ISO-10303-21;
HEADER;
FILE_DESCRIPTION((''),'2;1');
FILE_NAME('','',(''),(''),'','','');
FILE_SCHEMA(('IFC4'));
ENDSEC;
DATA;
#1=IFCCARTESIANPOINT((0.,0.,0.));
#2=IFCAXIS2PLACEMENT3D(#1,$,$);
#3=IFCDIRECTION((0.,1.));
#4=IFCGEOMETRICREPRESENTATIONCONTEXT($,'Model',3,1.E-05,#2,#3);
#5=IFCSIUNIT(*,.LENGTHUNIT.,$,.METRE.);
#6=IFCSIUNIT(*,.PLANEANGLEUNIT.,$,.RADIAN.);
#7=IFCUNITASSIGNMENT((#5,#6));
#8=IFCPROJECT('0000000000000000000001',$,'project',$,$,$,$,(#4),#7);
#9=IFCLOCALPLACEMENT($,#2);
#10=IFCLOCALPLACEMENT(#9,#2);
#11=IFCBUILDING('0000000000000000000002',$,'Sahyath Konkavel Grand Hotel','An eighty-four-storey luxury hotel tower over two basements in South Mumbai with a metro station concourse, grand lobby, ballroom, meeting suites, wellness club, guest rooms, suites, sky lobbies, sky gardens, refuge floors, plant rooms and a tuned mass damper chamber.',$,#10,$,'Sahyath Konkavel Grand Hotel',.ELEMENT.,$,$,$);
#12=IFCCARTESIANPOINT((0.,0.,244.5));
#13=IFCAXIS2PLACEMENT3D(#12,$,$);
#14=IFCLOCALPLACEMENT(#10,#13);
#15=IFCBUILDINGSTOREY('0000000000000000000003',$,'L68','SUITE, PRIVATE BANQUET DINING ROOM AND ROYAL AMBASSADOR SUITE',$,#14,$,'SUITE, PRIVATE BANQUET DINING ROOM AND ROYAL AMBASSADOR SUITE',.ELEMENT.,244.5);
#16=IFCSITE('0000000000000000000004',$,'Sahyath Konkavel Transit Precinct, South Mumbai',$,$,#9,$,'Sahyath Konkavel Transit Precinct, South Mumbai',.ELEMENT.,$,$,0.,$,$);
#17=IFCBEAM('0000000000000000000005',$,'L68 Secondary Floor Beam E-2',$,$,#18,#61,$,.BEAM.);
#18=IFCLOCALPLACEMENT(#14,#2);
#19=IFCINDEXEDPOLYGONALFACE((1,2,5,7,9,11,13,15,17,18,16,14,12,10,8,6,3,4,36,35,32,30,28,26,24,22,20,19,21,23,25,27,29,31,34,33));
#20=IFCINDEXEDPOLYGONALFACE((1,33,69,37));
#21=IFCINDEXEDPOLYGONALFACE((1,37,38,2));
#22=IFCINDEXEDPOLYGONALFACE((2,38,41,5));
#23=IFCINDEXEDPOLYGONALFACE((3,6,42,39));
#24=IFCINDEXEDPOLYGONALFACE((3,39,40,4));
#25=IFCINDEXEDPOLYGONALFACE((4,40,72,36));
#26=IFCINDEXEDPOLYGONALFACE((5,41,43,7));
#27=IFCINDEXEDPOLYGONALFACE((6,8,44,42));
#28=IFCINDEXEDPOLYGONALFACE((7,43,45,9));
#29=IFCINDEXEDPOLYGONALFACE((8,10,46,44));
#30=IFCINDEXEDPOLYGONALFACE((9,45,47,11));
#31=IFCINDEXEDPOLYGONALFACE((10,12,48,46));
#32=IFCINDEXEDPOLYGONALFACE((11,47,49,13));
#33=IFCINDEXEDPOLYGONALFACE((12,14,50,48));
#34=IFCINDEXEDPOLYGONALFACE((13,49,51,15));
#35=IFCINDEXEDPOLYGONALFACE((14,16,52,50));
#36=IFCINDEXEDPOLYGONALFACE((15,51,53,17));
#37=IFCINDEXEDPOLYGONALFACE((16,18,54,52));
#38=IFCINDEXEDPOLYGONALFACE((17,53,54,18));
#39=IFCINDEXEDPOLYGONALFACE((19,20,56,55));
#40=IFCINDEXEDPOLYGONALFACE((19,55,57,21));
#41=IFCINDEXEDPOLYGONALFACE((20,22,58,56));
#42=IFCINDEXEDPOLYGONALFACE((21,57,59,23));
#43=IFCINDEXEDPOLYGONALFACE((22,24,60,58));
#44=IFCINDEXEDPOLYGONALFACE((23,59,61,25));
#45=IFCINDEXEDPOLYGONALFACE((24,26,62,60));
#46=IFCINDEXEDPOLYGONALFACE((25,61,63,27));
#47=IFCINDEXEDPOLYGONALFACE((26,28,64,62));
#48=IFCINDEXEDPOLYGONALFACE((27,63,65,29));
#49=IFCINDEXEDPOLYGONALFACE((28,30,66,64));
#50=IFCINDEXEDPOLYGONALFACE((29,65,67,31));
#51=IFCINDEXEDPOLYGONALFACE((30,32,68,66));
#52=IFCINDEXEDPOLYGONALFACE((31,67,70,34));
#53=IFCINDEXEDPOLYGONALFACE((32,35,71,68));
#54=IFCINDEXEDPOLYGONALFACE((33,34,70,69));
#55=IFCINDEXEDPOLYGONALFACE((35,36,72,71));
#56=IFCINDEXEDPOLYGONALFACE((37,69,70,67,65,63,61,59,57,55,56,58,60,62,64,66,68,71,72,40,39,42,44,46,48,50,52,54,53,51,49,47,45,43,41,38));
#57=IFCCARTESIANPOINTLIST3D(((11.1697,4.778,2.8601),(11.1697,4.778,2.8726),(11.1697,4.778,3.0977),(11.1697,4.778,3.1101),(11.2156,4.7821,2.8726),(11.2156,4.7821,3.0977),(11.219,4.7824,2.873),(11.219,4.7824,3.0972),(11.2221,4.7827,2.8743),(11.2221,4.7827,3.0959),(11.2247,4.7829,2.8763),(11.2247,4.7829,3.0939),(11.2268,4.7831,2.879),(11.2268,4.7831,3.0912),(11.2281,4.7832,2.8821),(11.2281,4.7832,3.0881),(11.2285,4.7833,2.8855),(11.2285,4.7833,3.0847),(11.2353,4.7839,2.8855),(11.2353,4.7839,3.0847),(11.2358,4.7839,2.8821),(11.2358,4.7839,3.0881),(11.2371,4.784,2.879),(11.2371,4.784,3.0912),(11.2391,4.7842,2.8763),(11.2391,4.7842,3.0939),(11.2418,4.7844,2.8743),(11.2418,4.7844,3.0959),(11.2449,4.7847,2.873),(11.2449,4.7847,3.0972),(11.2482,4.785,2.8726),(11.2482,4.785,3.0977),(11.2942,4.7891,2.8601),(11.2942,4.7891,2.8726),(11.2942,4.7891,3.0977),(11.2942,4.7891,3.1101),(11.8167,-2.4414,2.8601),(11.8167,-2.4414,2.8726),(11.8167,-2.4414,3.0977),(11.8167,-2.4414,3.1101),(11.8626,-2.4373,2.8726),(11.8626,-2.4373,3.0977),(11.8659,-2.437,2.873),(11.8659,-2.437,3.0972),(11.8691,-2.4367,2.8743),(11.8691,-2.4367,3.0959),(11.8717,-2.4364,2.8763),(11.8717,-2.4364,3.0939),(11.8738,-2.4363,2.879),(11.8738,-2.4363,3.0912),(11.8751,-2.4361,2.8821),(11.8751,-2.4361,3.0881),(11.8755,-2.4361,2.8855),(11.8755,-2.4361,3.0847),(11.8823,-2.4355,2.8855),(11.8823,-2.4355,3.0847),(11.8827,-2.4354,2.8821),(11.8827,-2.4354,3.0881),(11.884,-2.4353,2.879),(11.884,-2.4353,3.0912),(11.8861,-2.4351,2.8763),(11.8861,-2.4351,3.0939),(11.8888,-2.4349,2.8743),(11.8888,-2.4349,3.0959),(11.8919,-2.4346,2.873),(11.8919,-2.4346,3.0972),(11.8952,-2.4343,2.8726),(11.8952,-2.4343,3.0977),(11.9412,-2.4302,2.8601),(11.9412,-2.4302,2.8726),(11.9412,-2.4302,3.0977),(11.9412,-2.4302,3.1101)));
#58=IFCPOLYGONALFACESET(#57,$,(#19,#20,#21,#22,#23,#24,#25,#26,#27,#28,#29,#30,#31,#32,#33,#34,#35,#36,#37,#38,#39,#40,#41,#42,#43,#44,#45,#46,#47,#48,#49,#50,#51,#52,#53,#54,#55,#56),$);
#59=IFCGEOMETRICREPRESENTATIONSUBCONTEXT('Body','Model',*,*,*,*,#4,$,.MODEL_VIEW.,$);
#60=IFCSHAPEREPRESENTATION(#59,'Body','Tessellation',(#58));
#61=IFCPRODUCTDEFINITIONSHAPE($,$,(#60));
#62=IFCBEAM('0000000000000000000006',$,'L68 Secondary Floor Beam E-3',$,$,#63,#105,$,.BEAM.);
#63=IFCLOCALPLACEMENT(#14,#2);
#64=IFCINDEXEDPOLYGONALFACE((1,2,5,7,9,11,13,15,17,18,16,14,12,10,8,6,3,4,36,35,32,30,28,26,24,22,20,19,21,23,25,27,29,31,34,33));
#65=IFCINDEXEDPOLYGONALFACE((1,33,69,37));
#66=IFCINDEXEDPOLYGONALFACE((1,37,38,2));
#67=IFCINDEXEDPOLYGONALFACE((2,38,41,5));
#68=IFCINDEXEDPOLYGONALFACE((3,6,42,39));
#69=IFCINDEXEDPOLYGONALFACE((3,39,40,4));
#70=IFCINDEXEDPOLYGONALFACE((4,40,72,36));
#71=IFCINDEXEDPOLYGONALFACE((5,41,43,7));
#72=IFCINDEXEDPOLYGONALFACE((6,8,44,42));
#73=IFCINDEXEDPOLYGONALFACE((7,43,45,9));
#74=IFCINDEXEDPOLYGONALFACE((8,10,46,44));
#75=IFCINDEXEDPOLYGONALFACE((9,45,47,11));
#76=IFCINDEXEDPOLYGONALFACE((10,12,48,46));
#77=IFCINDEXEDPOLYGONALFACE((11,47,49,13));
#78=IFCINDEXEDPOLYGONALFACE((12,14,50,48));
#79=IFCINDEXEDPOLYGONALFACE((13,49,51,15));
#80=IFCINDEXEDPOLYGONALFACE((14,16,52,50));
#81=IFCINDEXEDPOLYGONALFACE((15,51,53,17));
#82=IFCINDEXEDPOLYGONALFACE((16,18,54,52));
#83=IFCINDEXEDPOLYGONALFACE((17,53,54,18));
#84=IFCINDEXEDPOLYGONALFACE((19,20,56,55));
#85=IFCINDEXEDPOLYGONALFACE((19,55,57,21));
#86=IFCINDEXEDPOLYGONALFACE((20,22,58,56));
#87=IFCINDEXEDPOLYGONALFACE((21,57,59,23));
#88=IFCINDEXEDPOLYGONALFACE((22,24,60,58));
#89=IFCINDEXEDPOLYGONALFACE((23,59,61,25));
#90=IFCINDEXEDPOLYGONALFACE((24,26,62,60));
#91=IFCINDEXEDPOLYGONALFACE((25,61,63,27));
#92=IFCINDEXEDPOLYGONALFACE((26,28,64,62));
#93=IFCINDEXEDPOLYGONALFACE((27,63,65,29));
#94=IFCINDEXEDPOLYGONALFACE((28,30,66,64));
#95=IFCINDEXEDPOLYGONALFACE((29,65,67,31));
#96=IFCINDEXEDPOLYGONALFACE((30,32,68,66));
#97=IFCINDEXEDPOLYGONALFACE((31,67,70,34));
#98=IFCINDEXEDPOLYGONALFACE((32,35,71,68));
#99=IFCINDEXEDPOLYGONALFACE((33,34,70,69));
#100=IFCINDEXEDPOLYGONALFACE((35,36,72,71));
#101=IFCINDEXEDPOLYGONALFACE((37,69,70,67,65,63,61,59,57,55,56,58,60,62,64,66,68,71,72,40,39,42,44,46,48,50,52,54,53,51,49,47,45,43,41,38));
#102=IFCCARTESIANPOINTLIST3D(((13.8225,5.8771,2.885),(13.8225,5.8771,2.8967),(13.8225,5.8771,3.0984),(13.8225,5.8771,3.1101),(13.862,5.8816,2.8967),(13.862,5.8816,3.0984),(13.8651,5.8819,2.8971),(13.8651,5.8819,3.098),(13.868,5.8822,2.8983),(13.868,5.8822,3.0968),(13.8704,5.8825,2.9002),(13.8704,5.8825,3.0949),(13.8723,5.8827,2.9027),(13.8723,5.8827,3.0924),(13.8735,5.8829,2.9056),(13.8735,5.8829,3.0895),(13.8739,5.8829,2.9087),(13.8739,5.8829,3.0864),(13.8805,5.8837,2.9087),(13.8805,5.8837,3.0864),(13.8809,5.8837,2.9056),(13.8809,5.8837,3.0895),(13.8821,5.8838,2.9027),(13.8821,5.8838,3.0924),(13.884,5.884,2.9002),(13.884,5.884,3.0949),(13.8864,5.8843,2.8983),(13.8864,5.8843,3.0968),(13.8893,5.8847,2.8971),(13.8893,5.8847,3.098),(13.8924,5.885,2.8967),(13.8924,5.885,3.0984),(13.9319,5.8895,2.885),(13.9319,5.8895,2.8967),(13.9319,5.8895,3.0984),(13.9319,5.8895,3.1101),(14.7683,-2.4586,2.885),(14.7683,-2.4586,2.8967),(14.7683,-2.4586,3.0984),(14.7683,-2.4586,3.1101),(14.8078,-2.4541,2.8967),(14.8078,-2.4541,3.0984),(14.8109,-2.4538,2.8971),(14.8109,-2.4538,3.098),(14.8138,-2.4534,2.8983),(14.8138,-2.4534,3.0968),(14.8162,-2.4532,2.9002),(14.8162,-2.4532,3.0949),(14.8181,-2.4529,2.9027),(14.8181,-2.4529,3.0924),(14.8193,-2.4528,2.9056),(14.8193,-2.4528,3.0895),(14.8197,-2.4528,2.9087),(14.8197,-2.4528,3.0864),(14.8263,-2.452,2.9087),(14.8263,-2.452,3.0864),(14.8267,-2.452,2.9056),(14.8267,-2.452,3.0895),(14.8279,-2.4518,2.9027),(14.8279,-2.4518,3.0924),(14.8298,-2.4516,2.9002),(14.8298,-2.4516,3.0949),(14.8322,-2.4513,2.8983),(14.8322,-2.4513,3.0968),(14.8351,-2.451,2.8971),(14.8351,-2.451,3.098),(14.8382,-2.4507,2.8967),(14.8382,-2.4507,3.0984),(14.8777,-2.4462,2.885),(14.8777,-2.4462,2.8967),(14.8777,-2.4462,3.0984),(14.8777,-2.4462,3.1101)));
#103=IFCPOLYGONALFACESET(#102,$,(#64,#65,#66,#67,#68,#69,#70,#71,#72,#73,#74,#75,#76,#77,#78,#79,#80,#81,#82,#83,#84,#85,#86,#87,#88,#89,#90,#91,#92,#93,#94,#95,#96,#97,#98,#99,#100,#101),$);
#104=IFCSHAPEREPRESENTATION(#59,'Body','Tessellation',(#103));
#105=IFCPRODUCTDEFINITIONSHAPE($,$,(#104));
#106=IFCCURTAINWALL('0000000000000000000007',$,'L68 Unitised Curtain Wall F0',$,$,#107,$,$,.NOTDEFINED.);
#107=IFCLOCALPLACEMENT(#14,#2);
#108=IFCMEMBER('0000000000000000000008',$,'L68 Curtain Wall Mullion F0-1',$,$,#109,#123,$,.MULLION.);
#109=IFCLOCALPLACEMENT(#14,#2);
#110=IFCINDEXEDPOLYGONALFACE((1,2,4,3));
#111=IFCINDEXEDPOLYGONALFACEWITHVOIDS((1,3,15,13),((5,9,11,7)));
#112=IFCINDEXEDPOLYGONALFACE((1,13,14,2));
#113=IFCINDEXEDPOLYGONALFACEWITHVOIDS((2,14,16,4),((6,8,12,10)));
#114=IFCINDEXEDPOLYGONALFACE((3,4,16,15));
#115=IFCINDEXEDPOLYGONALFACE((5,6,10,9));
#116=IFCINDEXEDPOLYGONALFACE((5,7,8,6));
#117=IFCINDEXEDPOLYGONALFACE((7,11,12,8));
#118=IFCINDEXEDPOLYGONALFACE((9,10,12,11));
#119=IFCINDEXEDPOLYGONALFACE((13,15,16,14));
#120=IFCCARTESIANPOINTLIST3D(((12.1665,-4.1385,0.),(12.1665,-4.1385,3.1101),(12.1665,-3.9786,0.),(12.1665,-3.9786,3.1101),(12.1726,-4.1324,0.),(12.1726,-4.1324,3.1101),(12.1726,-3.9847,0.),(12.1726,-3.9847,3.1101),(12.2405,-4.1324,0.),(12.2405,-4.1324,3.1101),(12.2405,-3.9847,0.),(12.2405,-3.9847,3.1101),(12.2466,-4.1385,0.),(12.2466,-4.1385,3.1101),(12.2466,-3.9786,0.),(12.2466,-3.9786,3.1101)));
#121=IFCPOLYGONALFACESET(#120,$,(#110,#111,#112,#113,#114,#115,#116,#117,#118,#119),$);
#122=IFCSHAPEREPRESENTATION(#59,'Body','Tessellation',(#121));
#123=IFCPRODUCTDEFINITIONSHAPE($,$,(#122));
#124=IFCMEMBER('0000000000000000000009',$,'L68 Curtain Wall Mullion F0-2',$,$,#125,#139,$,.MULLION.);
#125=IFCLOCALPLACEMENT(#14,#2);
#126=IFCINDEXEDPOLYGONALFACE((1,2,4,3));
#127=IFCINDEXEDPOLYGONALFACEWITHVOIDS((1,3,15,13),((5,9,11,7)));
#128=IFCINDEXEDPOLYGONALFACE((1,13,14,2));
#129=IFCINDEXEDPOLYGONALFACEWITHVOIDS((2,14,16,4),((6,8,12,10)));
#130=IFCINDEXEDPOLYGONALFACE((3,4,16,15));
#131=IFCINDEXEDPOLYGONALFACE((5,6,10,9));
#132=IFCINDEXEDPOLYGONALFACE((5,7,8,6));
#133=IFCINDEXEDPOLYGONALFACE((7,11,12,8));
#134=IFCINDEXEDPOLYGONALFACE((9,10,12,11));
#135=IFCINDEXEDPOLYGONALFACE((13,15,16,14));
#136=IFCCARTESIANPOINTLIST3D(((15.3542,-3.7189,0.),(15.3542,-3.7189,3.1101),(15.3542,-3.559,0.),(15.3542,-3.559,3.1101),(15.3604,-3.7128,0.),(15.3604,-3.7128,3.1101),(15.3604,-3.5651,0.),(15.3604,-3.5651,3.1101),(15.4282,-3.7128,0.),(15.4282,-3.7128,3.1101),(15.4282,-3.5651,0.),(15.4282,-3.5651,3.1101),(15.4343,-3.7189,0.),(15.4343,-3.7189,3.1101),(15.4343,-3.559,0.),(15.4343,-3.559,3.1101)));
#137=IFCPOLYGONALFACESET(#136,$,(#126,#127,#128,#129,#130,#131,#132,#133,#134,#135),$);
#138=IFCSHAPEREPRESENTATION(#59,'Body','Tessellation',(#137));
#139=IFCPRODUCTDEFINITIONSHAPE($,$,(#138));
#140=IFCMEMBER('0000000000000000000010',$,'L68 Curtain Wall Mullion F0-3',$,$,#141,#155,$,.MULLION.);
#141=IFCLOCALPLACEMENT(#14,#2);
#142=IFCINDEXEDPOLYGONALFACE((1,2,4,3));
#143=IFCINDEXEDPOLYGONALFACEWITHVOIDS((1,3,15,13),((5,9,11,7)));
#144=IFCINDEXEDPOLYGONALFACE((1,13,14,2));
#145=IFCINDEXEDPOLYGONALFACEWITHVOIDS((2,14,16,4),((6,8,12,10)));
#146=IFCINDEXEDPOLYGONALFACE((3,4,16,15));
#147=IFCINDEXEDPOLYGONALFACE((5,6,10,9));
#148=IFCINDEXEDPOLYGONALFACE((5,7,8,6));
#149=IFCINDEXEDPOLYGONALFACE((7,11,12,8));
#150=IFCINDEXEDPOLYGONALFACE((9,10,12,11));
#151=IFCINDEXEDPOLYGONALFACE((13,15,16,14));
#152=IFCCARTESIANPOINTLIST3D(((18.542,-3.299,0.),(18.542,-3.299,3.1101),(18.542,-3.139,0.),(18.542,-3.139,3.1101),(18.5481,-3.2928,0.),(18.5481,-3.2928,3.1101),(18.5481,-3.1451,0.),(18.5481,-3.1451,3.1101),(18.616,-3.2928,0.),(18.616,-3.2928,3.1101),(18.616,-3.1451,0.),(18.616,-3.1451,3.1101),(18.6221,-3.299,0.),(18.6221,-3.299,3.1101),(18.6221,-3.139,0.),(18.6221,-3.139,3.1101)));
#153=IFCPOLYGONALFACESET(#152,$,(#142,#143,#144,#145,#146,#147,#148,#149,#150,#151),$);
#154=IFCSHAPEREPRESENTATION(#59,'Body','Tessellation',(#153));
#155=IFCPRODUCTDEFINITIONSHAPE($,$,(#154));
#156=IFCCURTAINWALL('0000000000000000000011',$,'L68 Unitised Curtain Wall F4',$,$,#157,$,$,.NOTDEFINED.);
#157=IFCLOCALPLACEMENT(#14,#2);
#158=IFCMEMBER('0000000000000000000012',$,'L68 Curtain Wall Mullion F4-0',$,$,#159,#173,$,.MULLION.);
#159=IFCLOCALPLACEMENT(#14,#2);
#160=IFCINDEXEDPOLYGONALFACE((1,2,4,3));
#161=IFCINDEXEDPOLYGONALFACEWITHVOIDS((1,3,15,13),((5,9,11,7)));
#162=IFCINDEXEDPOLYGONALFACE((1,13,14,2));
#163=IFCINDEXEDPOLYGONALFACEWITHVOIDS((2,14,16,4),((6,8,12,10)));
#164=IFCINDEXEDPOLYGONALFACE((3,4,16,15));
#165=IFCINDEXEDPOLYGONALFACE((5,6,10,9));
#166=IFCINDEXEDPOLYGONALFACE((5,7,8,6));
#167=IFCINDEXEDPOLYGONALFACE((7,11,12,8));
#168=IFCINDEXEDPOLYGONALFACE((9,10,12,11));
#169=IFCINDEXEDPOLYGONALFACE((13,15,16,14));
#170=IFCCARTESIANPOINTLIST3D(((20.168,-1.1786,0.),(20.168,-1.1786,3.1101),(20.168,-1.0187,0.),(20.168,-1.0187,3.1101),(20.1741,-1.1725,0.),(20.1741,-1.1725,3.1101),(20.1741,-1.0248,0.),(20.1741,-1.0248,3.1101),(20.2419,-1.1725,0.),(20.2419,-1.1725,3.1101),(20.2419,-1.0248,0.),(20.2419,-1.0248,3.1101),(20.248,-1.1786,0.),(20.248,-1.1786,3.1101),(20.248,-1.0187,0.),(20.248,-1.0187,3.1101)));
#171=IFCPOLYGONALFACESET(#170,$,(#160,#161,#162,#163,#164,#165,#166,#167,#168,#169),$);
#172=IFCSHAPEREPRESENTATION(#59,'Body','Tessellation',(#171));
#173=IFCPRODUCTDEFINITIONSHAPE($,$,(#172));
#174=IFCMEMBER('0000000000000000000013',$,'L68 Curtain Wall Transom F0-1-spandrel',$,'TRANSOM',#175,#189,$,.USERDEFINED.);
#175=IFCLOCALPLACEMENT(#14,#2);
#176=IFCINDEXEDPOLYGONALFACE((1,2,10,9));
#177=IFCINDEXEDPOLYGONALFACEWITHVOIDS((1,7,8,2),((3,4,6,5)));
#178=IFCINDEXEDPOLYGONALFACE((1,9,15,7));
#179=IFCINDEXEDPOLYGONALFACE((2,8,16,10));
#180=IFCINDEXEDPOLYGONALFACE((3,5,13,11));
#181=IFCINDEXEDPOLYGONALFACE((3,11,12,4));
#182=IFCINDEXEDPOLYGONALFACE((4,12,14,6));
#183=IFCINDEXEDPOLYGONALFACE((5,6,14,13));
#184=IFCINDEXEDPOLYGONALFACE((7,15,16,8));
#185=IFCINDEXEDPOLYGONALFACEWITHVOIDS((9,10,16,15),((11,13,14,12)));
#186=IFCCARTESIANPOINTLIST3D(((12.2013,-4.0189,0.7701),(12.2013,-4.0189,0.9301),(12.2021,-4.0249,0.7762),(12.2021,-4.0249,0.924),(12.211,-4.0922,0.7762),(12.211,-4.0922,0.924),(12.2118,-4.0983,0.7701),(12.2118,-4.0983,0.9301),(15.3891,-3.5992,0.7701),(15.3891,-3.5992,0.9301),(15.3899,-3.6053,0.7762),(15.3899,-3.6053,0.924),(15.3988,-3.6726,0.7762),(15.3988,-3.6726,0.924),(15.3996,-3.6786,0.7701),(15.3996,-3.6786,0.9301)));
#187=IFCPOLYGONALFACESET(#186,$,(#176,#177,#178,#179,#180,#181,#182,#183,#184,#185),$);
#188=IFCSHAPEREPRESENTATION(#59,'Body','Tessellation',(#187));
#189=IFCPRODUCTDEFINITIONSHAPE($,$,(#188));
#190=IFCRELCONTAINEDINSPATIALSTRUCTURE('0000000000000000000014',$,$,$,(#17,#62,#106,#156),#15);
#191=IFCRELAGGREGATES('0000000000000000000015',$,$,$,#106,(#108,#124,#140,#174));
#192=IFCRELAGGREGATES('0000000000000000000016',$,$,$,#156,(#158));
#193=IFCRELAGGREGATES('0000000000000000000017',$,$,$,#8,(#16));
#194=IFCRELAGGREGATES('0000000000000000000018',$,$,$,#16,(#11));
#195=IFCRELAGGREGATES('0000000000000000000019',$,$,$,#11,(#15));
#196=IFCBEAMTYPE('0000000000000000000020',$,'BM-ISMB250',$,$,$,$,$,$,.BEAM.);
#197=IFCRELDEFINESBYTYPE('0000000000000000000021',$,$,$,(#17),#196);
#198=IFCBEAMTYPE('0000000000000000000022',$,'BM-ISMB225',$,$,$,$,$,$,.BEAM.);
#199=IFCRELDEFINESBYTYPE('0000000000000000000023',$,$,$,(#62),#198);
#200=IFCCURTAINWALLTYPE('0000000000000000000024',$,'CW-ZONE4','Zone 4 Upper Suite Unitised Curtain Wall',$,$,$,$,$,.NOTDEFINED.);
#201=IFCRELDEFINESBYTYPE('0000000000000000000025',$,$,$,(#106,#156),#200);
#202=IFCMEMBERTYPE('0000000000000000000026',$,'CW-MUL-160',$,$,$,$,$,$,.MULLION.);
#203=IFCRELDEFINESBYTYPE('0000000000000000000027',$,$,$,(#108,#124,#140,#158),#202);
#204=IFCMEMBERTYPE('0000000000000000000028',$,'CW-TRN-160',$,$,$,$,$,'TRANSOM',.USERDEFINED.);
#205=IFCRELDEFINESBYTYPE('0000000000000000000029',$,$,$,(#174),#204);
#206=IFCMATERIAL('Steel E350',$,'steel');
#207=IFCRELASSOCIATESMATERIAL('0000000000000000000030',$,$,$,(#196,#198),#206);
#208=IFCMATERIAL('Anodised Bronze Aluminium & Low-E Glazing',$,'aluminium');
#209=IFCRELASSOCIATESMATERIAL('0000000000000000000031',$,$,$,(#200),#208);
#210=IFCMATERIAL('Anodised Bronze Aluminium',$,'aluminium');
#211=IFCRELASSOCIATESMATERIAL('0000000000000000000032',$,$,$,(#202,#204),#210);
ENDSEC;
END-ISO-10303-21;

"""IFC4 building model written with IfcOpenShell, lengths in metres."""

from ifc_helpers import new_model, si_unit, direction, frame, origin, origin_2d, place, context, subcontext, project, spatial, hollow_rectangle, i_section, extrude, source, transform, mapped, material, material_profile, profile_set, type_object, element, aggregate, save


model = new_model("IFC4")

# Units and contexts
model_context = context("Model", 3, precision=1e-05, world=origin(), true_north=direction((0.0, 1.0)))
body_context = subcontext(model_context, "Body", "Model", "MODEL_VIEW")
ifc_project = project(units=[si_unit("LENGTHUNIT", "METRE"), si_unit("PLANEANGLEUNIT", "RADIAN")], contexts=[model_context])

# Site, building, storey
site_placement = place(None, origin())
site = spatial("IfcSite", under=ifc_project, at=site_placement, Name="Sahyath Konkavel Transit Precinct, South Mumbai", LongName="Sahyath Konkavel Transit Precinct, South Mumbai", CompositionType="ELEMENT", RefElevation=0.0)
building_placement = place(site_placement, origin())
building = spatial("IfcBuilding", under=site, at=building_placement, Name="Sahyath Konkavel Grand Hotel", Description="An eighty-four-storey luxury hotel tower over two basements in South Mumbai with a metro station concourse, grand lobby, ballroom, meeting suites, wellness club, guest rooms, suites, sky lobbies, sky gardens, refuge floors, plant rooms and a tuned mass damper chamber.", LongName="Sahyath Konkavel Grand Hotel", CompositionType="ELEMENT")
storey_placement = place(building_placement, frame((0.0, 0.0, 244.5)))
storey = spatial("IfcBuildingStorey", under=building, at=storey_placement, Name="L68", Description="SUITE, PRIVATE BANQUET DINING ROOM AND ROYAL AMBASSADOR SUITE", LongName="SUITE, PRIVATE BANQUET DINING ROOM AND ROYAL AMBASSADOR SUITE", CompositionType="ELEMENT", Elevation=244.5)

# Beams
ifc_material_1 = material(Name="Steel E350", Category="steel")
ifc_material_profile_1 = material_profile(ifc_material_1, i_section(OverallWidth=0.125, OverallDepth=0.25, WebThickness=0.0068, FlangeThickness=0.0125, FilletRadius=0.0129, at=origin_2d()), Name="ISMB 250")
ifc_profile_set_1 = profile_set([ifc_material_profile_1], Name="Steel E350")
beam_type_1 = type_object("IfcBeamType", Name="BM-ISMB250", PredefinedType="BEAM", material=ifc_profile_set_1)
shared_shape_1 = source(origin(), body_context, "Body", "SweptSolid", [
    extrude(i_section(OverallWidth=0.125, OverallDepth=0.25, WebThickness=0.0068, FlangeThickness=0.0125, FilletRadius=0.0129, at=origin_2d()), origin(), (0.0, 0.0, 1.0), 7.2483),
])
beam_1_placement = place(storey_placement, frame((11.8789, -2.4358, 2.9851), z_axis=(-0.08926, 0.996008, 0.0), x_axis=(-0.996008, -0.08926, 0.0)))
element("IfcBeam", 1, at=beam_1_placement, inside=storey, type_object=beam_type_1, Name="L68 Secondary Floor Beam E-2", PredefinedType="BEAM", context=body_context, shape_type="MappedRepresentation", body=[
    mapped(shared_shape_1, transform((0.0, 0.0, 0.0), scale=1.0)),
])
ifc_material_profile_2 = material_profile(ifc_material_1, i_section(OverallWidth=0.1101, OverallDepth=0.2251, WebThickness=0.0066, FlangeThickness=0.0117, FilletRadius=0.012, at=origin_2d()), Name="ISMB 225")
ifc_profile_set_2 = profile_set([ifc_material_profile_2], Name="Steel E350")
beam_type_2 = type_object("IfcBeamType", Name="BM-ISMB225", PredefinedType="BEAM", material=ifc_profile_set_2)
shared_shape_2 = source(origin(), body_context, "Body", "SweptSolid", [
    extrude(i_section(OverallWidth=0.1101, OverallDepth=0.2251, WebThickness=0.0066, FlangeThickness=0.0117, FilletRadius=0.012, at=origin_2d()), origin(), (0.0, 0.0, 1.0), 8.3892),
])
beam_2_placement = place(storey_placement, frame((14.823, -2.4524, 2.9976), z_axis=(-0.112741, 0.993624, 0.0), x_axis=(-0.993624, -0.112741, 0.0)))
element("IfcBeam", 2, at=beam_2_placement, inside=storey, type_object=beam_type_2, Name="L68 Secondary Floor Beam E-3", PredefinedType="BEAM", context=body_context, shape_type="MappedRepresentation", body=[
    mapped(shared_shape_2, transform((0.0, 0.0, 0.0), scale=1.0)),
])

# Curtain wall, members
ifc_material_2 = material(Name="Anodised Bronze Aluminium & Low-E Glazing", Category="aluminium")
curtain_wall_type = type_object("IfcCurtainWallType", Name="CW-ZONE4", Description="Zone 4 Upper Suite Unitised Curtain Wall", PredefinedType="NOTDEFINED", material=ifc_material_2)
curtain_wall_1_placement = place(storey_placement, origin())
curtain_wall_1 = element("IfcCurtainWall", 3, at=curtain_wall_1_placement, inside=storey, type_object=curtain_wall_type, Name="L68 Unitised Curtain Wall F0", PredefinedType="NOTDEFINED")
ifc_material_3 = material(Name="Anodised Bronze Aluminium", Category="aluminium")
ifc_material_profile_3 = material_profile(ifc_material_3, hollow_rectangle(XDim=0.0801, YDim=0.1599, WallThickness=0.0061, at=origin_2d()), Name="RHS 160x80x6")
ifc_profile_set_3 = profile_set([ifc_material_profile_3], Name="Anodised Bronze Aluminium")
member_type_1 = type_object("IfcMemberType", Name="CW-MUL-160", PredefinedType="MULLION", material=ifc_profile_set_3)
shared_shape_3 = source(origin(), body_context, "Body", "SweptSolid", [
    extrude(hollow_rectangle(XDim=0.0801, YDim=0.1599, WallThickness=0.0061, at=origin_2d()), origin(), (0.0, 0.0, 1.0), 3.1101),
])
member_1_placement = place(storey_placement, frame((12.2065, -4.0586, 0.0), z_axis=(0.0, 0.0, 1.0), x_axis=(1.0, 0.0, 0.0)))
member_1 = element("IfcMember", 4, at=member_1_placement, type_object=member_type_1, Name="L68 Curtain Wall Mullion F0-1", PredefinedType="MULLION", context=body_context, shape_type="MappedRepresentation", body=[
    mapped(shared_shape_3, transform((0.0, 0.0, 0.0), scale=1.0)),
])
member_2_placement = place(storey_placement, frame((15.3943, -3.6389, 0.0), z_axis=(0.0, 0.0, 1.0), x_axis=(1.0, 0.0, 0.0)))
member_2 = element("IfcMember", 5, at=member_2_placement, type_object=member_type_1, Name="L68 Curtain Wall Mullion F0-2", PredefinedType="MULLION", context=body_context, shape_type="MappedRepresentation", body=[
    mapped(shared_shape_3, transform((0.0, 0.0, 0.0), scale=1.0)),
])
member_3_placement = place(storey_placement, frame((18.582, -3.219, 0.0), z_axis=(0.0, 0.0, 1.0), x_axis=(1.0, 0.0, 0.0)))
member_3 = element("IfcMember", 6, at=member_3_placement, type_object=member_type_1, Name="L68 Curtain Wall Mullion F0-3", PredefinedType="MULLION", context=body_context, shape_type="MappedRepresentation", body=[
    mapped(shared_shape_3, transform((0.0, 0.0, 0.0), scale=1.0)),
])

# Curtain wall, member
curtain_wall_2_placement = place(storey_placement, origin())
curtain_wall_2 = element("IfcCurtainWall", 7, at=curtain_wall_2_placement, inside=storey, type_object=curtain_wall_type, Name="L68 Unitised Curtain Wall F4", PredefinedType="NOTDEFINED")
member_4_placement = place(storey_placement, frame((20.208, -1.0986, 0.0), z_axis=(0.0, 0.0, 1.0), x_axis=(1.0, 0.0, 0.0)))
member_4 = element("IfcMember", 8, at=member_4_placement, type_object=member_type_1, Name="L68 Curtain Wall Mullion F4-0", PredefinedType="MULLION", context=body_context, shape_type="MappedRepresentation", body=[
    mapped(shared_shape_3, transform((0.0, 0.0, 0.0), scale=1.0)),
])

# Member
ifc_material_profile_4 = material_profile(ifc_material_3, hollow_rectangle(XDim=0.0801, YDim=0.1599, WallThickness=0.0061, at=origin_2d()), Name="RHS 160x80x6")
ifc_profile_set_4 = profile_set([ifc_material_profile_4], Name="Anodised Bronze Aluminium")
member_type_2 = type_object("IfcMemberType", Name="CW-TRN-160", ElementType="TRANSOM", PredefinedType="USERDEFINED", material=ifc_profile_set_4)
shared_shape_4 = source(origin(), body_context, "Body", "SweptSolid", [
    extrude(hollow_rectangle(XDim=0.0801, YDim=0.1599, WallThickness=0.0061, at=origin_2d()), origin(), (0.0, 0.0, 1.0), 3.2153),
])
member_5_placement = place(storey_placement, frame((12.2065, -4.0586, 0.8501), z_axis=(0.991445, 0.130527, 0.0), x_axis=(-0.130527, 0.991445, 0.0)))
member_5 = element("IfcMember", 9, at=member_5_placement, type_object=member_type_2, Name="L68 Curtain Wall Transom F0-1-spandrel", ObjectType="TRANSOM", PredefinedType="USERDEFINED", context=body_context, shape_type="MappedRepresentation", body=[
    mapped(shared_shape_4, transform((0.0, 0.0, 0.0), scale=1.0)),
])

aggregate(curtain_wall_1, [member_1, member_2, member_3, member_5])
aggregate(curtain_wall_2, [member_4])

save(model, "model.ifc")
